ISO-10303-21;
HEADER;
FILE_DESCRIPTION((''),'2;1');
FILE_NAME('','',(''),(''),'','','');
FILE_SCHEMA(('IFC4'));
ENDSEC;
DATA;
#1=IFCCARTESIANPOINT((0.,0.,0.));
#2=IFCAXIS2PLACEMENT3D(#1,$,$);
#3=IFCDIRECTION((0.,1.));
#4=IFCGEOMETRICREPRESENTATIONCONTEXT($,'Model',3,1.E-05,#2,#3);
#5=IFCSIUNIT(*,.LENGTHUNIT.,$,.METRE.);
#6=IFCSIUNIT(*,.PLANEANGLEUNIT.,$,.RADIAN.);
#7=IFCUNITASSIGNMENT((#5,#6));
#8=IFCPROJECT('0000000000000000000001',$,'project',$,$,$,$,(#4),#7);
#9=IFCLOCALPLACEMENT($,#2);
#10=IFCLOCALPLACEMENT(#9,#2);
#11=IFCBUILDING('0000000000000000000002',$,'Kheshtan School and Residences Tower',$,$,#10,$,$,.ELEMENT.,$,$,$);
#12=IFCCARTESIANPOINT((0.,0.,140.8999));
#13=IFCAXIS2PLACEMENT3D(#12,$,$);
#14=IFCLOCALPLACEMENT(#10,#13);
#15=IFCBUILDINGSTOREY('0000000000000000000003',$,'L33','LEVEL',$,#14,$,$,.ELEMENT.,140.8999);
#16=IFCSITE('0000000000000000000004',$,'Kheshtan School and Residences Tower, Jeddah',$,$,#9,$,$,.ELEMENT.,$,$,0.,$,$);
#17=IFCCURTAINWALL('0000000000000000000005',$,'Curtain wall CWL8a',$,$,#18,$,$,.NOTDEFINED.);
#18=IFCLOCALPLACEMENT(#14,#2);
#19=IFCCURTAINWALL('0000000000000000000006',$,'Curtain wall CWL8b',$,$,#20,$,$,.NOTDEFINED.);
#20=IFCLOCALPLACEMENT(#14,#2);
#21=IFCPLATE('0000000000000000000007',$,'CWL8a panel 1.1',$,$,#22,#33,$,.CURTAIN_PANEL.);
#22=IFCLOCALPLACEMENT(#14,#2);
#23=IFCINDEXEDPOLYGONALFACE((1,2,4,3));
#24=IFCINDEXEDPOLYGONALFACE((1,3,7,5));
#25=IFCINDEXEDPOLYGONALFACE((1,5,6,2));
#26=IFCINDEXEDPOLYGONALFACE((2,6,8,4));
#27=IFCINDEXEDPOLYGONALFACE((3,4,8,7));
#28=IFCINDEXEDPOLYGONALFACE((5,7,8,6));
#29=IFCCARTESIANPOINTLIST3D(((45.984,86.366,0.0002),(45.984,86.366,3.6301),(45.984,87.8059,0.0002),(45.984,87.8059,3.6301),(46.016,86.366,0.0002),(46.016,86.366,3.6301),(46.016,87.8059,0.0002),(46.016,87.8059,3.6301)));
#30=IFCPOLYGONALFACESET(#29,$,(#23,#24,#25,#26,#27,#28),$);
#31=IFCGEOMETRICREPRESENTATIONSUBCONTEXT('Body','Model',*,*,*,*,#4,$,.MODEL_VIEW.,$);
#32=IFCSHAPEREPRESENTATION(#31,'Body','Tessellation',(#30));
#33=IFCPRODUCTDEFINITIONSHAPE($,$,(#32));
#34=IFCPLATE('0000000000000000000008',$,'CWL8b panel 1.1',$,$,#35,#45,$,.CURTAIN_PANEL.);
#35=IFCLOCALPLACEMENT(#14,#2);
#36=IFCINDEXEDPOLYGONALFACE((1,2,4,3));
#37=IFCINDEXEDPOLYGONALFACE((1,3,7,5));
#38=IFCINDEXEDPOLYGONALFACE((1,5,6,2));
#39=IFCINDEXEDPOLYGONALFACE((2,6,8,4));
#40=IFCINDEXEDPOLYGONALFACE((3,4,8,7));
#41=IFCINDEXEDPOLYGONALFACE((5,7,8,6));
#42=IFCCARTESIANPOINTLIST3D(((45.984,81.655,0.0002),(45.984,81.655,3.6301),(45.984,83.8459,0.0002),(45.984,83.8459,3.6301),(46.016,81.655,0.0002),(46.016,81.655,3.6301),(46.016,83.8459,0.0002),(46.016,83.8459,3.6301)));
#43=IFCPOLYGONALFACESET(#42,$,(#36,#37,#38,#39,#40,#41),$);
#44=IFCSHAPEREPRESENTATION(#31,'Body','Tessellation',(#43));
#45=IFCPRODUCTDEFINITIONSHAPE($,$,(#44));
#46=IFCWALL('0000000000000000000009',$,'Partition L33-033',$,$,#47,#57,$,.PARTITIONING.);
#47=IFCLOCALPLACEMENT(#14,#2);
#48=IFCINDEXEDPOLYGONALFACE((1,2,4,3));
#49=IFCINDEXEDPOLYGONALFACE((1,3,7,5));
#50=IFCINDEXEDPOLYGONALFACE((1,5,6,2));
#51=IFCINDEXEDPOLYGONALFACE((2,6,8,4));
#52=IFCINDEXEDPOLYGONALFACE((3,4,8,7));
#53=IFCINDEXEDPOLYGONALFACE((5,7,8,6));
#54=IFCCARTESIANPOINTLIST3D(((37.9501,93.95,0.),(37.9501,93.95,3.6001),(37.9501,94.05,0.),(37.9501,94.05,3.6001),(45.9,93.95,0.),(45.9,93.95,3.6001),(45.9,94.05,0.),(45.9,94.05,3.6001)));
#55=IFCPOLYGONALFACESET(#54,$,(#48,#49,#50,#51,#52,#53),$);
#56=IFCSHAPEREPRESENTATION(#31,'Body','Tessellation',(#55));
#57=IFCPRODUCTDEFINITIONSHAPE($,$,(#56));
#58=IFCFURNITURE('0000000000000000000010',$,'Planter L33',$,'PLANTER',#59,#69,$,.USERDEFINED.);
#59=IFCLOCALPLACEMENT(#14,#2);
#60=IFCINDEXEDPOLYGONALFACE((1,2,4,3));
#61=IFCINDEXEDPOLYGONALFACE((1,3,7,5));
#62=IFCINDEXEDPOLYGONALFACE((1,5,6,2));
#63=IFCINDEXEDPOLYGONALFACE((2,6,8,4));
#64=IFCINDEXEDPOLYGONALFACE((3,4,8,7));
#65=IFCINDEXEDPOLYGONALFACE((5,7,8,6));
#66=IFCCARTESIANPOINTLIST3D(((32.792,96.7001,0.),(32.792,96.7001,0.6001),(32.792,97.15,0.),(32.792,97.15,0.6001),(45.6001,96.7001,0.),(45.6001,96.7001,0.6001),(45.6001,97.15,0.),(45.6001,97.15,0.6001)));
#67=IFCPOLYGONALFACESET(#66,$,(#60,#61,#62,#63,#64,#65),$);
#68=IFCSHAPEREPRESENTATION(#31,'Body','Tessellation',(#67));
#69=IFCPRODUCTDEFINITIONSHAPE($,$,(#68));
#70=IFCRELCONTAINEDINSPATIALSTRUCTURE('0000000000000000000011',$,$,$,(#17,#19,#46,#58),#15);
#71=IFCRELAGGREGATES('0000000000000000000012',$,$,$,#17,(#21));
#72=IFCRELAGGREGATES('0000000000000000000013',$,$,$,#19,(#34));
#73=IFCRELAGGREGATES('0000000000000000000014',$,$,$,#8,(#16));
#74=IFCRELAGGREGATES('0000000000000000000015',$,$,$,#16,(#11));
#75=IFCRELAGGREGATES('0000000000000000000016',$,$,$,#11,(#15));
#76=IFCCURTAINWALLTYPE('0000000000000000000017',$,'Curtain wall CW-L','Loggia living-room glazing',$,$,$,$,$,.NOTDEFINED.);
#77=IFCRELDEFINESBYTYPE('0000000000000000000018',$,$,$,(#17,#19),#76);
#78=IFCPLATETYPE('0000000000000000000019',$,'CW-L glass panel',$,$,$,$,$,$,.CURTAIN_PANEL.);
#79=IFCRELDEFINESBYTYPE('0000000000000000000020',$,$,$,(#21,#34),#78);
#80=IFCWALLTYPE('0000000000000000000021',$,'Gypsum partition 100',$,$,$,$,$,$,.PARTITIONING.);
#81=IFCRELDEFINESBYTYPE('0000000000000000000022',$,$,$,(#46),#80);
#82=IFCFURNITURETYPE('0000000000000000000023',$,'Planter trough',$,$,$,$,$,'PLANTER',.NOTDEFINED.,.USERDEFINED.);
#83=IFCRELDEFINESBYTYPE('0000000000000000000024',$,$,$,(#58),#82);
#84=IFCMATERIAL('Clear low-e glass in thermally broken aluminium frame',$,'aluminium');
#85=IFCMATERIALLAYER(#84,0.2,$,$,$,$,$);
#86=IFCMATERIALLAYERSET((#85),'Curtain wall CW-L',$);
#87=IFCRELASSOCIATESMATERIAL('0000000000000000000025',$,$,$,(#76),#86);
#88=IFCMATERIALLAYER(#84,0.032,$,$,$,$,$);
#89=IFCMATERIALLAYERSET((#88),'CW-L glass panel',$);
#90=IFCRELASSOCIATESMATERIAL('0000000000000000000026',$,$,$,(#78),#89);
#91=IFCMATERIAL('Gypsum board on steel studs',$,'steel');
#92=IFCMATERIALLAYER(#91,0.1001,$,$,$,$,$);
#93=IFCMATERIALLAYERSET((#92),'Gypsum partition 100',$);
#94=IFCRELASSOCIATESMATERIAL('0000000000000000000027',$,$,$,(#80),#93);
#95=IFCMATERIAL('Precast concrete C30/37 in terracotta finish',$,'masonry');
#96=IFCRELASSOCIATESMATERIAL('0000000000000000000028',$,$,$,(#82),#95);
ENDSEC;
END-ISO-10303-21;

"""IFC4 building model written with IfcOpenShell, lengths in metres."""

from ifc_helpers import new_model, si_unit, direction, frame, frame_2d, origin, origin_2d, place, context, subcontext, project, spatial, rectangle, extrude, material, layer, layer_set, type_object, element, aggregate, save


model = new_model("IFC4")

# Units and contexts
model_context = context("Model", 3, precision=1e-05, world=origin(), true_north=direction((0.0, 1.0)))
body_context = subcontext(model_context, "Body", "Model", "MODEL_VIEW")
ifc_project = project(units=[si_unit("LENGTHUNIT", "METRE"), si_unit("PLANEANGLEUNIT", "RADIAN")], contexts=[model_context])

# Site, building, storey
site_placement = place(None, origin())
site = spatial("IfcSite", under=ifc_project, at=site_placement, Name="Kheshtan School and Residences Tower, Jeddah", CompositionType="ELEMENT", RefElevation=0.0)
building_placement = place(site_placement, origin())
building = spatial("IfcBuilding", under=site, at=building_placement, Name="Kheshtan School and Residences Tower", CompositionType="ELEMENT")
storey_placement = place(building_placement, frame((0.0, 0.0, 140.8999)))
storey = spatial("IfcBuildingStorey", under=building, at=storey_placement, Name="L33", Description="LEVEL", CompositionType="ELEMENT", Elevation=140.8999)

# Shared definitions
ifc_material_1 = material(Name="Clear low-e glass in thermally broken aluminium frame", Category="aluminium")
ifc_layer_1 = layer(ifc_material_1, 0.2)
ifc_layer_set_1 = layer_set([ifc_layer_1], Name="Curtain wall CW-L")
curtain_wall_type = type_object("IfcCurtainWallType", Name="Curtain wall CW-L", Description="Loggia living-room glazing", PredefinedType="NOTDEFINED", material=ifc_layer_set_1)

# Curtain walls
curtain_wall_1_placement = place(storey_placement, origin())
curtain_wall_1 = element("IfcCurtainWall", 1, at=curtain_wall_1_placement, inside=storey, type_object=curtain_wall_type, Name="Curtain wall CWL8a", PredefinedType="NOTDEFINED")
curtain_wall_2_placement = place(storey_placement, origin())
curtain_wall_2 = element("IfcCurtainWall", 2, at=curtain_wall_2_placement, inside=storey, type_object=curtain_wall_type, Name="Curtain wall CWL8b", PredefinedType="NOTDEFINED")

# Plates
ifc_layer_2 = layer(ifc_material_1, 0.032)
ifc_layer_set_2 = layer_set([ifc_layer_2], Name="CW-L glass panel")
plate_type = type_object("IfcPlateType", Name="CW-L glass panel", PredefinedType="CURTAIN_PANEL", material=ifc_layer_set_2)
plate_1_placement = place(storey_placement, frame((46.0, 87.0859, 0.0002), z_axis=(0.0, 0.0, 1.0), x_axis=(0.0, -1.0, 0.0)))
plate_1 = element("IfcPlate", 3, at=plate_1_placement, type_object=plate_type, Name="CWL8a panel 1.1", PredefinedType="CURTAIN_PANEL", context=body_context, shape_type="SweptSolid", body=[
    extrude(rectangle(XDim=1.4399, YDim=0.032, at=origin_2d()), origin(), (0.0, 0.0, 1.0), 3.6299),
])
aggregate(curtain_wall_1, [plate_1])
plate_2_placement = place(storey_placement, frame((46.0, 82.7505, 0.0002), z_axis=(0.0, 0.0, 1.0), x_axis=(0.0, -1.0, 0.0)))
plate_2 = element("IfcPlate", 4, at=plate_2_placement, type_object=plate_type, Name="CWL8b panel 1.1", PredefinedType="CURTAIN_PANEL", context=body_context, shape_type="SweptSolid", body=[
    extrude(rectangle(XDim=2.1909, YDim=0.032, at=origin_2d()), origin(), (0.0, 0.0, 1.0), 3.6299),
])
aggregate(curtain_wall_2, [plate_2])

# Wall
ifc_material_2 = material(Name="Gypsum board on steel studs", Category="steel")
ifc_layer_3 = layer(ifc_material_2, 0.1001)
ifc_layer_set_3 = layer_set([ifc_layer_3], Name="Gypsum partition 100")
wall_type_1 = type_object("IfcWallType", Name="Gypsum partition 100", PredefinedType="PARTITIONING", material=ifc_layer_set_3)
wall_1_placement = place(storey_placement, frame((37.95, 94.0, 0.0), z_axis=(0.0, 0.0, 1.0), x_axis=(1.0, 0.0, 0.0)))
element("IfcWall", 5, at=wall_1_placement, inside=storey, type_object=wall_type_1, Name="Partition L33-033", PredefinedType="PARTITIONING", context=body_context, shape_type="SweptSolid", body=[
    extrude(rectangle(XDim=7.95, YDim=0.1001, at=frame_2d((3.9751, 0.0))), origin(), (0.0, 0.0, 1.0), 3.6001),
])

# Furniture
ifc_material_3 = material(Name="Precast concrete C30/37 in terracotta finish", Category="masonry")
furniture_type = type_object("IfcFurnitureType", Name="Planter trough", ElementType="PLANTER", AssemblyPlace="NOTDEFINED", PredefinedType="USERDEFINED", material=ifc_material_3)
furniture_placement = place(storey_placement, frame((39.196, 96.925, 0.0), z_axis=(0.0, 0.0, 1.0), x_axis=(1.0, 0.0, 0.0)))
element("IfcFurniture", 6, at=furniture_placement, inside=storey, type_object=furniture_type, Name="Planter L33", ObjectType="PLANTER", PredefinedType="USERDEFINED", context=body_context, shape_type="SweptSolid", body=[
    extrude(rectangle(XDim=12.8081, YDim=0.45, at=origin_2d()), origin(), (0.0, 0.0, 1.0), 0.6001),
])

save(model, "model.ifc")
